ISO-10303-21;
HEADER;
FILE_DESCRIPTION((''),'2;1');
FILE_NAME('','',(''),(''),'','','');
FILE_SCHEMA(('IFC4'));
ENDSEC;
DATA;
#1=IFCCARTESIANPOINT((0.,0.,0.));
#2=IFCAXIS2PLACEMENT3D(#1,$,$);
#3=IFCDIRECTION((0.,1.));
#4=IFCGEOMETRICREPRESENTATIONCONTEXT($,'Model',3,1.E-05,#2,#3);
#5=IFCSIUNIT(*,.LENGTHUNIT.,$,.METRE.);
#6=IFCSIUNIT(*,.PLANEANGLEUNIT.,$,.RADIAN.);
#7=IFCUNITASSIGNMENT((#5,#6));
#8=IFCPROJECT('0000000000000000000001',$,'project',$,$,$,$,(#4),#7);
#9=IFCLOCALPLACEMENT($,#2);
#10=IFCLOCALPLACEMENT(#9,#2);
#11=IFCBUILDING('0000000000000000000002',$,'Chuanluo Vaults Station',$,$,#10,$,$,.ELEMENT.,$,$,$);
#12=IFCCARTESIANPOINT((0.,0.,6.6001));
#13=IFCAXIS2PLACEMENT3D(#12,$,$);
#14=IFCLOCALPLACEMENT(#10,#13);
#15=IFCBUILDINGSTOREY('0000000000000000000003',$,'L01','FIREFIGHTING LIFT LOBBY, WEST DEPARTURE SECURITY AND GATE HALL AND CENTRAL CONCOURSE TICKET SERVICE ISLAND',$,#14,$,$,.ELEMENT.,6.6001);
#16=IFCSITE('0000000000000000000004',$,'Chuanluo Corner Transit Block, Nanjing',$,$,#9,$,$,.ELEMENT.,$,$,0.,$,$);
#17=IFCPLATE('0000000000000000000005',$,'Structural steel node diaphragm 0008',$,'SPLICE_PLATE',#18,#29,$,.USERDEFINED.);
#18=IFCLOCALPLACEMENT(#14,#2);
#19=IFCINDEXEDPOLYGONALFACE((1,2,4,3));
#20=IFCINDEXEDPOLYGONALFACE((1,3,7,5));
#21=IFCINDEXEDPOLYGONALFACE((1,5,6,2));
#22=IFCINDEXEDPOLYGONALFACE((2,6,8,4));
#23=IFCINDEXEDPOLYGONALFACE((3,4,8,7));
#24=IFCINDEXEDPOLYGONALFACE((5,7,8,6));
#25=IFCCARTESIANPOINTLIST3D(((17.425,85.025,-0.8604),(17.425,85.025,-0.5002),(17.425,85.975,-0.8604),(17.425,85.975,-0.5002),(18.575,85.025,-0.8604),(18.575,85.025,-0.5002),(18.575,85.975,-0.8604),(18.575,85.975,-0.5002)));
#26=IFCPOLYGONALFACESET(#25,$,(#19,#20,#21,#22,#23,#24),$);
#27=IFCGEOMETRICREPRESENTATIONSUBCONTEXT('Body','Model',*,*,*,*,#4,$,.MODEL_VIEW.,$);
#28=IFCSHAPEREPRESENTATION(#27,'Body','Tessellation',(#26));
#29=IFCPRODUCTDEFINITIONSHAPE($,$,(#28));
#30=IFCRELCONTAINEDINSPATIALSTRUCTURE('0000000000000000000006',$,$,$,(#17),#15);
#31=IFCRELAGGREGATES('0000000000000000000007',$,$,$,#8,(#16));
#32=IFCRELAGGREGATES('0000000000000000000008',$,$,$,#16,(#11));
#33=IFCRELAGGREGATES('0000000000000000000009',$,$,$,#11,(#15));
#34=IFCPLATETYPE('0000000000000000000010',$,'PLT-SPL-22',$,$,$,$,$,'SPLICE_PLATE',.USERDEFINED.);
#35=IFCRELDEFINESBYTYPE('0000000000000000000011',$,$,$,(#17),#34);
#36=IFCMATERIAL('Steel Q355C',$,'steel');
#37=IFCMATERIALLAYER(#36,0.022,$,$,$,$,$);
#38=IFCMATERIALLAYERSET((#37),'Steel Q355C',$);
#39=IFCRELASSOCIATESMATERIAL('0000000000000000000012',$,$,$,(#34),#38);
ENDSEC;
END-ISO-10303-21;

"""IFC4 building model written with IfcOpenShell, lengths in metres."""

from ifc_helpers import new_model, si_unit, direction, frame, origin, origin_2d, place, context, subcontext, project, spatial, rectangle, extrude, material, layer, layer_set, type_object, element, save


model = new_model("IFC4")

# Units and contexts
model_context = context("Model", 3, precision=1e-05, world=origin(), true_north=direction((0.0, 1.0)))
body_context = subcontext(model_context, "Body", "Model", "MODEL_VIEW")
ifc_project = project(units=[si_unit("LENGTHUNIT", "METRE"), si_unit("PLANEANGLEUNIT", "RADIAN")], contexts=[model_context])

# Site, building, storey
site_placement = place(None, origin())
site = spatial("IfcSite", under=ifc_project, at=site_placement, Name="Chuanluo Corner Transit Block, Nanjing", CompositionType="ELEMENT", RefElevation=0.0)
building_placement = place(site_placement, origin())
building = spatial("IfcBuilding", under=site, at=building_placement, Name="Chuanluo Vaults Station", CompositionType="ELEMENT")
storey_placement = place(building_placement, frame((0.0, 0.0, 6.6001)))
storey = spatial("IfcBuildingStorey", under=building, at=storey_placement, Name="L01", Description="FIREFIGHTING LIFT LOBBY, WEST DEPARTURE SECURITY AND GATE HALL AND CENTRAL CONCOURSE TICKET SERVICE ISLAND", CompositionType="ELEMENT", Elevation=6.6001)

# Plate
ifc_material_1 = material(Name="Steel Q355C", Category="steel")
ifc_layer_1 = layer(ifc_material_1, 0.022)
ifc_layer_set_1 = layer_set([ifc_layer_1], Name="Steel Q355C")
plate_type_1 = type_object("IfcPlateType", Name="PLT-SPL-22", ElementType="SPLICE_PLATE", PredefinedType="USERDEFINED", material=ifc_layer_set_1)
plate_1_placement = place(storey_placement, frame((18.0, 85.5, -0.8604), z_axis=(0.0, 0.0, 1.0), x_axis=(1.0, 0.0, 0.0)))
element("IfcPlate", 1, at=plate_1_placement, inside=storey, type_object=plate_type_1, Name="Structural steel node diaphragm 0008", ObjectType="SPLICE_PLATE", PredefinedType="USERDEFINED", context=body_context, shape_type="SweptSolid", body=[
    extrude(rectangle(XDim=1.1499, YDim=0.95, at=origin_2d()), origin(), (0.0, 0.0, 1.0), 0.3601),
])

save(model, "model.ifc")
